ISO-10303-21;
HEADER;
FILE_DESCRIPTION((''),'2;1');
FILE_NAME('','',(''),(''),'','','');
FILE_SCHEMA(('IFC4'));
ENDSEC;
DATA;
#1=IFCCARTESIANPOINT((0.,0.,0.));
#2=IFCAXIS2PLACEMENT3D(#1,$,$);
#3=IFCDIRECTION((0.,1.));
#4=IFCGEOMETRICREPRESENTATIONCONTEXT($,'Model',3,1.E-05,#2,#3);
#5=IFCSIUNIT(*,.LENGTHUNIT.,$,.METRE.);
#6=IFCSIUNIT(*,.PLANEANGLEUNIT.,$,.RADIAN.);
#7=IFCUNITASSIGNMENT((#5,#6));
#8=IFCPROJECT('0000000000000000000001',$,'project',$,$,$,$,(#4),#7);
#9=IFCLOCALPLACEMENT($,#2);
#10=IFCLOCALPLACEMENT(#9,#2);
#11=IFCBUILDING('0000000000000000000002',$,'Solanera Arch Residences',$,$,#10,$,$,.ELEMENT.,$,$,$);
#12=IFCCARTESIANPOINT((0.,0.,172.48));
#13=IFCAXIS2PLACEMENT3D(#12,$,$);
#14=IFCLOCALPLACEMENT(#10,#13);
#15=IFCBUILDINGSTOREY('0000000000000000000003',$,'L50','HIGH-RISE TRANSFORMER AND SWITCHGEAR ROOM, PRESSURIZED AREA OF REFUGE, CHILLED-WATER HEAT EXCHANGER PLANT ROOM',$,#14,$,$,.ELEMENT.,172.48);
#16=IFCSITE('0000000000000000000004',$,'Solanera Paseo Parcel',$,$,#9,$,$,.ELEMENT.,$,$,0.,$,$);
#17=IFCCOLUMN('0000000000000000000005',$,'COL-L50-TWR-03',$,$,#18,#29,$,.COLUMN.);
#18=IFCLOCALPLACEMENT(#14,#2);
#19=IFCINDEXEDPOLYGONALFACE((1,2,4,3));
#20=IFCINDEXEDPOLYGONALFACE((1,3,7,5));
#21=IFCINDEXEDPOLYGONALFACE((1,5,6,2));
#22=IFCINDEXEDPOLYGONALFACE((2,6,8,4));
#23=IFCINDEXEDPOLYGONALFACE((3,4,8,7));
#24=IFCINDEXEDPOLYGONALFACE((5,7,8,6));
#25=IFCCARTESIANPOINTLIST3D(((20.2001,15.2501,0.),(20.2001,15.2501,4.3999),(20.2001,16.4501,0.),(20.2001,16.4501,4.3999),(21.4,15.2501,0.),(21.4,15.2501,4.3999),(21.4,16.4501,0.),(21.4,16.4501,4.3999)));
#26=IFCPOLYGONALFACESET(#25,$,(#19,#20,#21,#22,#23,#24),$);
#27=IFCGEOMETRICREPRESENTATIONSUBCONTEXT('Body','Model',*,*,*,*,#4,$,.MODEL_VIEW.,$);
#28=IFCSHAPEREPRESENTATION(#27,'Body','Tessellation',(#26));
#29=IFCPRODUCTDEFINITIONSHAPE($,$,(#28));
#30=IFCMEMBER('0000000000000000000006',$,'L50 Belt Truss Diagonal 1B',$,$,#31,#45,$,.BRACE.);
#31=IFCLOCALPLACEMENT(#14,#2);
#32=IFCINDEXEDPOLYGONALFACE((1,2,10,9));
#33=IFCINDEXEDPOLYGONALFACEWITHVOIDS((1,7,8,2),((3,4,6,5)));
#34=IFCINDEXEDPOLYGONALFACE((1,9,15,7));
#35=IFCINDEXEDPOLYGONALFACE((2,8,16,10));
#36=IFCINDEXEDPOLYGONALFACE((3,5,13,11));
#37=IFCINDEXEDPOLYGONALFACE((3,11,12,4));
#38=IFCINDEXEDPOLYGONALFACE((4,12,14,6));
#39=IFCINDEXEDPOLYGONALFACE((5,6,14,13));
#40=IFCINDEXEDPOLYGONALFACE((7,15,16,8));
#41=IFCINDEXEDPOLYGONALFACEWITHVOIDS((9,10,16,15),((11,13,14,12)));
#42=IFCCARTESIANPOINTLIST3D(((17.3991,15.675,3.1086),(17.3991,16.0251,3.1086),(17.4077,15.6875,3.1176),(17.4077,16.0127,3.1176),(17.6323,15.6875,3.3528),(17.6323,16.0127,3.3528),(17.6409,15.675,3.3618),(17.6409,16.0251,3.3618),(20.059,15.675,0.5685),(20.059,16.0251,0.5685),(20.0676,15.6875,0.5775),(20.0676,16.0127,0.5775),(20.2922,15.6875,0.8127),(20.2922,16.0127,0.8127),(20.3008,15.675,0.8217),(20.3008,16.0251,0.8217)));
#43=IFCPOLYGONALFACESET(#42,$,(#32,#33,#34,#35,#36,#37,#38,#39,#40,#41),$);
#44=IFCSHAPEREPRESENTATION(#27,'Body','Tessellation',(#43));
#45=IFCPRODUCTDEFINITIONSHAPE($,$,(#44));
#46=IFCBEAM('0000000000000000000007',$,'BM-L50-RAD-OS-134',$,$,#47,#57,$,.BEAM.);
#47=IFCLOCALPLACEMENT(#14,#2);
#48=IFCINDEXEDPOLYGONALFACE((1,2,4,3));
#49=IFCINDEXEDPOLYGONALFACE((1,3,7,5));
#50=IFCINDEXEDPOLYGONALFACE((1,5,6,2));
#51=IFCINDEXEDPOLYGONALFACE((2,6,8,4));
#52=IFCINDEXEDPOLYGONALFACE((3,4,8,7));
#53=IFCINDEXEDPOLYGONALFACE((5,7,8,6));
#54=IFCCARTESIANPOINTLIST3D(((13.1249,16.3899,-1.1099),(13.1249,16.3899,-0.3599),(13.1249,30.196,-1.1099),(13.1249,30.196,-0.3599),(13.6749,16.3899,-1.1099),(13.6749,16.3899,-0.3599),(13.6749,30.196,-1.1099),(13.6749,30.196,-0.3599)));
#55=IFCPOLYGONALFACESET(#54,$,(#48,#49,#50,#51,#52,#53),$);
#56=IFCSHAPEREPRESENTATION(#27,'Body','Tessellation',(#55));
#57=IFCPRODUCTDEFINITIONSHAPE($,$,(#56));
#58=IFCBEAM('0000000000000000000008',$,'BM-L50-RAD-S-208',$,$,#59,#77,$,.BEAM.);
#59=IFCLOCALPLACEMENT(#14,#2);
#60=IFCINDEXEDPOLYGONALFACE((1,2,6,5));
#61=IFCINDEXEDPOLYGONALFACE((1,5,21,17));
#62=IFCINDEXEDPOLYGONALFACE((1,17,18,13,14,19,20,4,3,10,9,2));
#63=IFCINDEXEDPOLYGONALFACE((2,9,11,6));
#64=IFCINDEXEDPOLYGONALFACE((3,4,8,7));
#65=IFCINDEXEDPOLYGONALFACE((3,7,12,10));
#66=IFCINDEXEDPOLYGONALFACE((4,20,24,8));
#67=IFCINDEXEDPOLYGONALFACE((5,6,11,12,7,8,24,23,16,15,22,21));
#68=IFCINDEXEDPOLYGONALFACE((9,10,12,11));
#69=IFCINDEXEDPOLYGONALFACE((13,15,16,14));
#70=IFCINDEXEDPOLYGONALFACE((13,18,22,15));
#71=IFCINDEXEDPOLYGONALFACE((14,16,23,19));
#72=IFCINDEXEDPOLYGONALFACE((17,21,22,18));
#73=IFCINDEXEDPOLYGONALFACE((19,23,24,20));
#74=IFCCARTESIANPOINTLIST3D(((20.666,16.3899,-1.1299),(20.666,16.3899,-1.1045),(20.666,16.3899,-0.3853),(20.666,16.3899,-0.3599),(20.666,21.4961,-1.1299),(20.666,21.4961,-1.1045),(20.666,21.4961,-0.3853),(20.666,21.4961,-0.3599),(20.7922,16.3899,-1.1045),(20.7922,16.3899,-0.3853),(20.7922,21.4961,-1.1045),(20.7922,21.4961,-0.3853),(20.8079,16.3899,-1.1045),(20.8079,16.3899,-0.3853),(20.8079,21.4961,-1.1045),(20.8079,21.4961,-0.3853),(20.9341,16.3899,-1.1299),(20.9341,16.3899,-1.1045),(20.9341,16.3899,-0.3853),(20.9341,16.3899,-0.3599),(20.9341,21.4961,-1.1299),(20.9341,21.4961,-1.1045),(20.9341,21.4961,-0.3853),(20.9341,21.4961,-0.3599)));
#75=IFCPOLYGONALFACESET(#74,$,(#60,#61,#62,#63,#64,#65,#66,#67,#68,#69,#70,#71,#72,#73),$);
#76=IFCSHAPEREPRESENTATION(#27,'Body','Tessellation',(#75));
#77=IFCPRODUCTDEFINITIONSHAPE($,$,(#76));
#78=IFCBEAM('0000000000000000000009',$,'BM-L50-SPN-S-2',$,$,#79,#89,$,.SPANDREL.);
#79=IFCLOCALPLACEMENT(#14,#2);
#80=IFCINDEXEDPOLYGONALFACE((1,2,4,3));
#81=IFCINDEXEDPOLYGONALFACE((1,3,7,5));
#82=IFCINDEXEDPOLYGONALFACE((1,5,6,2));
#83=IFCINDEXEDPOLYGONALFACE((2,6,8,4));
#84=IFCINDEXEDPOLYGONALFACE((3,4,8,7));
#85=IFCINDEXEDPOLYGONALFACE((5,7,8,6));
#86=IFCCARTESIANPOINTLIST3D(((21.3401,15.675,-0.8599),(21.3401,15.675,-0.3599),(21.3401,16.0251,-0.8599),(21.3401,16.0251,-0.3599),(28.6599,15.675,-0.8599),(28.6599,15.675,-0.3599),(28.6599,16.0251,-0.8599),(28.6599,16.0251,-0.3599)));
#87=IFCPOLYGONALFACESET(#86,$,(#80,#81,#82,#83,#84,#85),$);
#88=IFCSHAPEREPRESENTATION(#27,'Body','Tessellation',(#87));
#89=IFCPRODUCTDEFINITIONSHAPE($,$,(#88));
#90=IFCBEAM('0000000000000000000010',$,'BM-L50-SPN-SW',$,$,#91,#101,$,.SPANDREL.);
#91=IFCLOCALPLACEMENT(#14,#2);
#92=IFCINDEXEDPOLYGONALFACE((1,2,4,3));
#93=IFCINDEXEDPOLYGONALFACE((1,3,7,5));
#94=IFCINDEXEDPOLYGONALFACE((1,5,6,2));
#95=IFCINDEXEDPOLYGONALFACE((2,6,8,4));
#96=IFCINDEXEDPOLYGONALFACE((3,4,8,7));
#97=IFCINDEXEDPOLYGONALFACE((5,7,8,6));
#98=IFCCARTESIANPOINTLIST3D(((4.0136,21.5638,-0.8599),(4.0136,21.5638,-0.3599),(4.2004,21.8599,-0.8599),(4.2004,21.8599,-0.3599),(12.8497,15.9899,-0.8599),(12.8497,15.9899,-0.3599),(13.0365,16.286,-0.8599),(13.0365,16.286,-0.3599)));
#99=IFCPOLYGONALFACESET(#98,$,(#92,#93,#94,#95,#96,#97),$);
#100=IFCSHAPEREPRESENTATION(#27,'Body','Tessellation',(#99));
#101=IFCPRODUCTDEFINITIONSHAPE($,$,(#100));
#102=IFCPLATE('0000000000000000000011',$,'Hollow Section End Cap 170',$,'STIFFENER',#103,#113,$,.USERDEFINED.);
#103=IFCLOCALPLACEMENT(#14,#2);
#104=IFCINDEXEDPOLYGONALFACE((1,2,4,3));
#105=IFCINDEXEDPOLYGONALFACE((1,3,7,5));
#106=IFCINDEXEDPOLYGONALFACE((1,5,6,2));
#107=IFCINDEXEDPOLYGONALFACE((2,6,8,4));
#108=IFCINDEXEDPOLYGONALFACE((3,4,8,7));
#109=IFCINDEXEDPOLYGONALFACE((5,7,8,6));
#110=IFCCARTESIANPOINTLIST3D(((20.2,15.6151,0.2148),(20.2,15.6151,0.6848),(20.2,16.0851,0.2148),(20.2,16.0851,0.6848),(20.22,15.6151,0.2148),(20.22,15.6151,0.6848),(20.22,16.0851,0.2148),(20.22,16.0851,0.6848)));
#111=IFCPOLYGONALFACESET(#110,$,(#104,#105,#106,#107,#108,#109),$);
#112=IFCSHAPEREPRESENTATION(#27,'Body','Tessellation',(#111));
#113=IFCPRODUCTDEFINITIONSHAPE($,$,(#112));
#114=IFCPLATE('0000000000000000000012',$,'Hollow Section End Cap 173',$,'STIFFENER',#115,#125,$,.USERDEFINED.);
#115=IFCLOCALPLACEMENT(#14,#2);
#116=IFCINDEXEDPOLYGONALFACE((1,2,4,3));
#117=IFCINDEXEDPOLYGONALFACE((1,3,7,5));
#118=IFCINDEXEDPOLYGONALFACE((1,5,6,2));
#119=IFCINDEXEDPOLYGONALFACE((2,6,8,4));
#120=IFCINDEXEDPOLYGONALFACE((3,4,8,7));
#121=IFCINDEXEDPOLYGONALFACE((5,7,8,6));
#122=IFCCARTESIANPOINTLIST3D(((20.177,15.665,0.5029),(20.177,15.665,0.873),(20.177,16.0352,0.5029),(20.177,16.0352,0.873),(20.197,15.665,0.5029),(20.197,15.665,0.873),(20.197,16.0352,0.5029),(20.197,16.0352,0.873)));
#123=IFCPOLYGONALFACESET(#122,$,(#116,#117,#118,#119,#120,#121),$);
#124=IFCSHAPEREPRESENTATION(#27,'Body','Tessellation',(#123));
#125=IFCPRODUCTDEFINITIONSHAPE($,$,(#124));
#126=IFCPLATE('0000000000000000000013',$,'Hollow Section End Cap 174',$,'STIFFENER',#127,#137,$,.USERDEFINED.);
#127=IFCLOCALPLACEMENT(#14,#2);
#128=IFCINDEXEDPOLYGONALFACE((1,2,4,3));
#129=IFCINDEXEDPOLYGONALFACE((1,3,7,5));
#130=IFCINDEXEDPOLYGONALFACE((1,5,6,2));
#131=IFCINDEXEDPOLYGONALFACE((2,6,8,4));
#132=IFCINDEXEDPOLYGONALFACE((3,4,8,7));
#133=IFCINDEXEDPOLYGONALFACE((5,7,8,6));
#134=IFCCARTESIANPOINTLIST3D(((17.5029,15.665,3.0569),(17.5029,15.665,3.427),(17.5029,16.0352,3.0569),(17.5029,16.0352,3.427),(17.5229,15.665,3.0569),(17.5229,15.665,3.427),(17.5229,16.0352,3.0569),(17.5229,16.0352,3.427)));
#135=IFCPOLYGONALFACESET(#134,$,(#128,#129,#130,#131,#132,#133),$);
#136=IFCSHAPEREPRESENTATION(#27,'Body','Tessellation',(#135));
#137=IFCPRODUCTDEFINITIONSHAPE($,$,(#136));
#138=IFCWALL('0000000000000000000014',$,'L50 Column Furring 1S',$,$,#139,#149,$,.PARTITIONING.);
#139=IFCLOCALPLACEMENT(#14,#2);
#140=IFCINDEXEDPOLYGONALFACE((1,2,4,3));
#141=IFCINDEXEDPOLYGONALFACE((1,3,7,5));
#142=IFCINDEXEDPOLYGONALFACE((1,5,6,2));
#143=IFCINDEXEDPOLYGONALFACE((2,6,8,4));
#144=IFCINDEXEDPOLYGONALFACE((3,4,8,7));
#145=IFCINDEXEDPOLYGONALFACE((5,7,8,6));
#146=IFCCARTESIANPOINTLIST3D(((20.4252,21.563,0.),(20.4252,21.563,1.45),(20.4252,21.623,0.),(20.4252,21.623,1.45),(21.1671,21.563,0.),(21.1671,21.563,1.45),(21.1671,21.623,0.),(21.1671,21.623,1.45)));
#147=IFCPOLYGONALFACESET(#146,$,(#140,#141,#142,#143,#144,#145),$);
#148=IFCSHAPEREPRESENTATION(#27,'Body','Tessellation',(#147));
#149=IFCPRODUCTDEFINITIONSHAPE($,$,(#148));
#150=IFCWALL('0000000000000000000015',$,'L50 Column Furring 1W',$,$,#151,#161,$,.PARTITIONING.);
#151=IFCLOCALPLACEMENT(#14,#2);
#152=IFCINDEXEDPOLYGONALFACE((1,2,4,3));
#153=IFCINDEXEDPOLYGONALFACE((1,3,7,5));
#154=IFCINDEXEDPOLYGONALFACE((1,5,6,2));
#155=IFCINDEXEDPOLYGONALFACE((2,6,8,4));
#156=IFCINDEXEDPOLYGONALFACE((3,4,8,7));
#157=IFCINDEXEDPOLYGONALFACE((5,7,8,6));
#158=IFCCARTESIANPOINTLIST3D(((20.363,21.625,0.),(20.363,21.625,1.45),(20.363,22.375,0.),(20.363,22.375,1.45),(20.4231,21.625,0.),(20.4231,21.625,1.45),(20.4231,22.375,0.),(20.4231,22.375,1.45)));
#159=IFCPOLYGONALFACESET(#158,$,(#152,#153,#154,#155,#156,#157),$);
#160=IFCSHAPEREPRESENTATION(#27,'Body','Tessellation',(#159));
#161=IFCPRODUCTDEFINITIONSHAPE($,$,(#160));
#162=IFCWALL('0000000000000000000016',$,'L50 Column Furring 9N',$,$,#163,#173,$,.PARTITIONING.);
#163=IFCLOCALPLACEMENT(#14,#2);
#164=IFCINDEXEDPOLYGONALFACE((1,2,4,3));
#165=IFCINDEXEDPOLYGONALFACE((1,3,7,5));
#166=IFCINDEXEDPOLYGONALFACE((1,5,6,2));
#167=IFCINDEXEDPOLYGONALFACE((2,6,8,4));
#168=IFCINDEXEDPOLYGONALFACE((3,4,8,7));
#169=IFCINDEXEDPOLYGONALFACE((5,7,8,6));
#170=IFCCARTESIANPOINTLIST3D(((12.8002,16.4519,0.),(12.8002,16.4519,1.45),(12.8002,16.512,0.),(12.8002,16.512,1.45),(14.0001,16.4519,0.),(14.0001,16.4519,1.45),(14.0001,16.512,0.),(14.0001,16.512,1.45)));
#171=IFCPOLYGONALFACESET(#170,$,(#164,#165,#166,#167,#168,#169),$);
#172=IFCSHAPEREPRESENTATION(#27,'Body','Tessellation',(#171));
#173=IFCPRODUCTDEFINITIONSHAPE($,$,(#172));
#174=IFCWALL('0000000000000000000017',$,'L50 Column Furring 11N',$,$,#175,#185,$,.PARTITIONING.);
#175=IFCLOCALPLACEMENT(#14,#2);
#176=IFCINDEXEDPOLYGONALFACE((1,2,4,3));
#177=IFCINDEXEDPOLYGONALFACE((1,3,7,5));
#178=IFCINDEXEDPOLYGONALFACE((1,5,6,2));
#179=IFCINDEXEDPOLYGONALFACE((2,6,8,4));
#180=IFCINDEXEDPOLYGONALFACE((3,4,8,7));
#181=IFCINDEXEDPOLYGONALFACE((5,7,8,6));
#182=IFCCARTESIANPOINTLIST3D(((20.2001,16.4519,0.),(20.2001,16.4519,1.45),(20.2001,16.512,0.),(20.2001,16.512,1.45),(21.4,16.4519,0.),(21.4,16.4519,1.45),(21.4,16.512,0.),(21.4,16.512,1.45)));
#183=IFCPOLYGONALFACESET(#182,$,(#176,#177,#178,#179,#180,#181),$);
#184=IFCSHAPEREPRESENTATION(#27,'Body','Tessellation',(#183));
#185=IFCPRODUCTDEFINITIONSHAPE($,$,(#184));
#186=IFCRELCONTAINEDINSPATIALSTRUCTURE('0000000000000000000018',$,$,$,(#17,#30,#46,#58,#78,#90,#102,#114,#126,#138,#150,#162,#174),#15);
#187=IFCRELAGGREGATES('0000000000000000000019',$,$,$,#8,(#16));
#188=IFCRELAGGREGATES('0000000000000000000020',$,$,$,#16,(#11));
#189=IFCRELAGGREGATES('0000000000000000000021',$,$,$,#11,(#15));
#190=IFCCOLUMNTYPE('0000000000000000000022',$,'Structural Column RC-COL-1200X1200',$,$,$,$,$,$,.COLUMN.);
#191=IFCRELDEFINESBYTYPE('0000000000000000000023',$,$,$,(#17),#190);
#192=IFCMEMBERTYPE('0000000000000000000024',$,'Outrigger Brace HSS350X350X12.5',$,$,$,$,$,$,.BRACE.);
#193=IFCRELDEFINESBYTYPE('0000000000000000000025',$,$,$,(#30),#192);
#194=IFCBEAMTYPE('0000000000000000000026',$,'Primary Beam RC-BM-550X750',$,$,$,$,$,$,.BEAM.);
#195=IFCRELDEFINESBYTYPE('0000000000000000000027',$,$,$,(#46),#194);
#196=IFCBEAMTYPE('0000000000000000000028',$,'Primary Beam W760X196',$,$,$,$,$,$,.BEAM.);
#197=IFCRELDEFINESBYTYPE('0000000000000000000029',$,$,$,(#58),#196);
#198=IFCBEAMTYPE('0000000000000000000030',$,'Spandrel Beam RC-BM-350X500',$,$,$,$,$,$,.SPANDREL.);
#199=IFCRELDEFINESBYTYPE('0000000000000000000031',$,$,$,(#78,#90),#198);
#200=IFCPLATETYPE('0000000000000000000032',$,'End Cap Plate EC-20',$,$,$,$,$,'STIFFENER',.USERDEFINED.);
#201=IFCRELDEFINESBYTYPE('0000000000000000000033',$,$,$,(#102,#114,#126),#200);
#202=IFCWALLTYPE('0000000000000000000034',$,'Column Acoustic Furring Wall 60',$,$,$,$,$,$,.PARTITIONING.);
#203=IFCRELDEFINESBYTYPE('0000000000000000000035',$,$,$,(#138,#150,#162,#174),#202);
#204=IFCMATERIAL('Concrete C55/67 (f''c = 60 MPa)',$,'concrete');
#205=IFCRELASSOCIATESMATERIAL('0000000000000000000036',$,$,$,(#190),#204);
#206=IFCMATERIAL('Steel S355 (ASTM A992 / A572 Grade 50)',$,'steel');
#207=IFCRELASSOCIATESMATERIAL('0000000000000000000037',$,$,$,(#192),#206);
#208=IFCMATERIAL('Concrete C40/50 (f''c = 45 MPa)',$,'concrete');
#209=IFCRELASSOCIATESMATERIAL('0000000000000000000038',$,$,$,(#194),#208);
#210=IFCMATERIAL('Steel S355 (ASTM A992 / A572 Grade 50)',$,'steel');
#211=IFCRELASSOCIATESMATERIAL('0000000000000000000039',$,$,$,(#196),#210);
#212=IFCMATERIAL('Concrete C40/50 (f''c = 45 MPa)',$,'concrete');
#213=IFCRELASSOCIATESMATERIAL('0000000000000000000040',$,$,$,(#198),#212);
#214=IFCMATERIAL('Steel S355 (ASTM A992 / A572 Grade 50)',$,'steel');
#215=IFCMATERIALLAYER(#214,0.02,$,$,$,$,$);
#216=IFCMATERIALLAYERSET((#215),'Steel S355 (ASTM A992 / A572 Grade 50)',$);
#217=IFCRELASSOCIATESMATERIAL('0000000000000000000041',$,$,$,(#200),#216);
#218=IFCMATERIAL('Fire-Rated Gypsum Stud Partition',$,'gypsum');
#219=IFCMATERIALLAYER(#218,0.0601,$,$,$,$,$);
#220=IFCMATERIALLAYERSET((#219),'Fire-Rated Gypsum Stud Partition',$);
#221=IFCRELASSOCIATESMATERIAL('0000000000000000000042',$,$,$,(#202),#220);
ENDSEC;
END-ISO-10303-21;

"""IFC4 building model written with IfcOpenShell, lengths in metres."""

from ifc_helpers import new_model, si_unit, direction, frame, frame_2d, origin, origin_2d, place, context, subcontext, project, spatial, rectangle, hollow_rectangle, i_section, extrude, material, layer, layer_set, material_profile, profile_set, type_object, element, save


model = new_model("IFC4")

# Units and contexts
model_context = context("Model", 3, precision=1e-05, world=origin(), true_north=direction((0.0, 1.0)))
body_context = subcontext(model_context, "Body", "Model", "MODEL_VIEW")
ifc_project = project(units=[si_unit("LENGTHUNIT", "METRE"), si_unit("PLANEANGLEUNIT", "RADIAN")], contexts=[model_context])

# Site, building, storey
site_placement = place(None, origin())
site = spatial("IfcSite", under=ifc_project, at=site_placement, Name="Solanera Paseo Parcel", CompositionType="ELEMENT", RefElevation=0.0)
building_placement = place(site_placement, origin())
building = spatial("IfcBuilding", under=site, at=building_placement, Name="Solanera Arch Residences", CompositionType="ELEMENT")
storey_placement = place(building_placement, frame((0.0, 0.0, 172.48)))
storey = spatial("IfcBuildingStorey", under=building, at=storey_placement, Name="L50", Description="HIGH-RISE TRANSFORMER AND SWITCHGEAR ROOM, PRESSURIZED AREA OF REFUGE, CHILLED-WATER HEAT EXCHANGER PLANT ROOM", CompositionType="ELEMENT", Elevation=172.48)

# Column
ifc_material_1 = material(Name="Concrete C55/67 (f'c = 60 MPa)", Category="concrete")
ifc_material_profile_1 = material_profile(ifc_material_1, rectangle(XDim=1.2, YDim=1.2, at=origin_2d()))
ifc_profile_set_1 = profile_set([ifc_material_profile_1], Name="Concrete C55/67 (f'c = 60 MPa)")
column_type = type_object("IfcColumnType", Name="Structural Column RC-COL-1200X1200", PredefinedType="COLUMN", material=ifc_profile_set_1)
column_placement = place(storey_placement, frame((20.8, 15.8501, 0.0), z_axis=(0.0, 0.0, 1.0), x_axis=(1.0, 0.0, 0.0)))
element("IfcColumn", 1, at=column_placement, inside=storey, type_object=column_type, Name="COL-L50-TWR-03", PredefinedType="COLUMN", context=body_context, shape_type="SweptSolid", body=[
    extrude(rectangle(XDim=1.2, YDim=1.2, at=origin_2d()), origin(), (0.0, 0.0, 1.0), 4.3999),
])

# Member
ifc_material_2 = material(Name="Steel S355 (ASTM A992 / A572 Grade 50)", Category="steel")
ifc_material_profile_2 = material_profile(ifc_material_2, hollow_rectangle(XDim=0.3501, YDim=0.3501, WallThickness=0.0125, at=origin_2d()))
ifc_profile_set_2 = profile_set([ifc_material_profile_2], Name="Steel S355 (ASTM A992 / A572 Grade 50)")
member_type = type_object("IfcMemberType", Name="Outrigger Brace HSS350X350X12.5", PredefinedType="BRACE", material=ifc_profile_set_2)
member_placement = place(storey_placement, frame((20.1799, 15.8501, 0.6951), z_axis=(-0.723215, 0.0, 0.690623), x_axis=(0.0, -1.0, 0.0)))
element("IfcMember", 2, at=member_placement, inside=storey, type_object=member_type, Name="L50 Belt Truss Diagonal 1B", PredefinedType="BRACE", context=body_context, shape_type="SweptSolid", body=[
    extrude(hollow_rectangle(XDim=0.3501, YDim=0.3501, WallThickness=0.0125, at=origin_2d()), origin(), (0.0, 0.0, 1.0), 3.678),
])

# Beams
ifc_material_3 = material(Name="Concrete C40/50 (f'c = 45 MPa)", Category="concrete")
ifc_material_profile_3 = material_profile(ifc_material_3, rectangle(XDim=0.55, YDim=0.75, at=origin_2d()))
ifc_profile_set_3 = profile_set([ifc_material_profile_3], Name="Concrete C40/50 (f'c = 45 MPa)")
beam_type_1 = type_object("IfcBeamType", Name="Primary Beam RC-BM-550X750", PredefinedType="BEAM", material=ifc_profile_set_3)
beam_1_placement = place(storey_placement, frame((13.3999, 16.3899, -0.7349), z_axis=(0.0, 1.0, 0.0), x_axis=(-1.0, 0.0, 0.0)))
element("IfcBeam", 3, at=beam_1_placement, inside=storey, type_object=beam_type_1, Name="BM-L50-RAD-OS-134", PredefinedType="BEAM", context=body_context, shape_type="SweptSolid", body=[
    extrude(rectangle(XDim=0.55, YDim=0.75, at=origin_2d()), origin(), (0.0, 0.0, 1.0), 13.8062),
])
ifc_material_4 = material(Name="Steel S355 (ASTM A992 / A572 Grade 50)", Category="steel")
ifc_material_profile_4 = material_profile(ifc_material_4, i_section(OverallWidth=0.2681, OverallDepth=0.77, WebThickness=0.0156, FlangeThickness=0.0254, at=origin_2d()))
ifc_profile_set_4 = profile_set([ifc_material_profile_4], Name="Steel S355 (ASTM A992 / A572 Grade 50)")
beam_type_2 = type_object("IfcBeamType", Name="Primary Beam W760X196", PredefinedType="BEAM", material=ifc_profile_set_4)
beam_2_placement = place(storey_placement, frame((20.8, 16.3899, -0.7449), z_axis=(0.0, 1.0, 0.0), x_axis=(-1.0, 0.0, 0.0)))
element("IfcBeam", 4, at=beam_2_placement, inside=storey, type_object=beam_type_2, Name="BM-L50-RAD-S-208", PredefinedType="BEAM", context=body_context, shape_type="SweptSolid", body=[
    extrude(i_section(OverallWidth=0.2681, OverallDepth=0.77, WebThickness=0.0156, FlangeThickness=0.0254, at=origin_2d()), origin(), (0.0, 0.0, 1.0), 5.1062),
])
ifc_material_5 = material(Name="Concrete C40/50 (f'c = 45 MPa)", Category="concrete")
ifc_material_profile_5 = material_profile(ifc_material_5, rectangle(XDim=0.3501, YDim=0.5, at=origin_2d()))
ifc_profile_set_5 = profile_set([ifc_material_profile_5], Name="Concrete C40/50 (f'c = 45 MPa)")
beam_type_3 = type_object("IfcBeamType", Name="Spandrel Beam RC-BM-350X500", PredefinedType="SPANDREL", material=ifc_profile_set_5)
beam_3_placement = place(storey_placement, frame((21.3401, 15.8501, -0.6099), z_axis=(1.0, 0.0, 0.0), x_axis=(0.0, 1.0, 0.0)))
element("IfcBeam", 5, at=beam_3_placement, inside=storey, type_object=beam_type_3, Name="BM-L50-SPN-S-2", PredefinedType="SPANDREL", context=body_context, shape_type="SweptSolid", body=[
    extrude(rectangle(XDim=0.3501, YDim=0.5, at=origin_2d()), origin(), (0.0, 0.0, 1.0), 7.3198),
])
beam_4_placement = place(storey_placement, frame((12.9431, 16.1379, -0.6099), z_axis=(-0.845781, 0.53353, 0.0), x_axis=(-0.53353, -0.845781, 0.0)))
element("IfcBeam", 6, at=beam_4_placement, inside=storey, type_object=beam_type_3, Name="BM-L50-SPN-SW", PredefinedType="SPANDREL", context=body_context, shape_type="SweptSolid", body=[
    extrude(rectangle(XDim=0.3501, YDim=0.5, at=origin_2d()), origin(), (0.0, 0.0, 1.0), 10.4473),
])

# Plates
ifc_material_6 = material(Name="Steel S355 (ASTM A992 / A572 Grade 50)", Category="steel")
ifc_layer_1 = layer(ifc_material_6, 0.02)
ifc_layer_set_1 = layer_set([ifc_layer_1], Name="Steel S355 (ASTM A992 / A572 Grade 50)")
plate_type = type_object("IfcPlateType", Name="End Cap Plate EC-20", ElementType="STIFFENER", PredefinedType="USERDEFINED", material=ifc_layer_set_1)
plate_placement = place(storey_placement, frame((20.21, 15.8501, 0.2148), z_axis=(0.0, 0.0, 1.0), x_axis=(1.0, 0.0, 0.0)))
element("IfcPlate", 7, at=plate_placement, inside=storey, type_object=plate_type, Name="Hollow Section End Cap 170", ObjectType="STIFFENER", PredefinedType="USERDEFINED", context=body_context, shape_type="SweptSolid", body=[
    extrude(rectangle(XDim=0.02, YDim=0.47, at=origin_2d()), origin(), (0.0, 0.0, 1.0), 0.47),
])
for number, where, z_axis, x_axis, name in (
    (8, (20.187, 15.8501, 0.5029), (0.0, 0.0, 1.0), (1.0, 0.0, 0.0), "Hollow Section End Cap 173"),
    (9, (17.5129, 15.8501, 3.0569), (0.0, 0.0, 1.0), (-1.0, 0.0, 0.0), "Hollow Section End Cap 174"),
):
    element("IfcPlate", number, at=place(storey_placement, frame(where, z_axis=z_axis, x_axis=x_axis)), inside=storey, type_object=plate_type, Name=name, ObjectType="STIFFENER", PredefinedType="USERDEFINED", context=body_context, shape_type="SweptSolid", body=[
        extrude(rectangle(XDim=0.02, YDim=0.3701, at=origin_2d()), origin(), (0.0, 0.0, 1.0), 0.3701),
    ])

# Walls
ifc_material_7 = material(Name="Fire-Rated Gypsum Stud Partition", Category="gypsum")
ifc_layer_2 = layer(ifc_material_7, 0.0601)
ifc_layer_set_2 = layer_set([ifc_layer_2], Name="Fire-Rated Gypsum Stud Partition")
wall_type_1 = type_object("IfcWallType", Name="Column Acoustic Furring Wall 60", PredefinedType="PARTITIONING", material=ifc_layer_set_2)
wall_1_placement = place(storey_placement, frame((20.425, 21.593, 0.0), z_axis=(0.0, 0.0, 1.0), x_axis=(1.0, 0.0, 0.0)))
element("IfcWall", 10, at=wall_1_placement, inside=storey, type_object=wall_type_1, Name="L50 Column Furring 1S", PredefinedType="PARTITIONING", context=body_context, shape_type="SweptSolid", body=[
    extrude(rectangle(XDim=0.7419, YDim=0.0601, at=frame_2d((0.3711, 0.0))), origin(), (0.0, 0.0, 1.0), 1.45),
])
wall_2_placement = place(storey_placement, frame((20.3931, 21.625, 0.0), z_axis=(0.0, 0.0, 1.0), x_axis=(0.0, 1.0, 0.0)))
element("IfcWall", 11, at=wall_2_placement, inside=storey, type_object=wall_type_1, Name="L50 Column Furring 1W", PredefinedType="PARTITIONING", context=body_context, shape_type="SweptSolid", body=[
    extrude(rectangle(XDim=0.75, YDim=0.0601, at=frame_2d((0.375, 0.0))), origin(), (0.0, 0.0, 1.0), 1.45),
])
for number, where, z_axis, x_axis, name in (
    (12, (12.8, 16.4819, 0.0), (0.0, 0.0, 1.0), (1.0, 0.0, 0.0), "L50 Column Furring 9N"),
    (13, (20.2, 16.4819, 0.0), (0.0, 0.0, 1.0), (1.0, 0.0, 0.0), "L50 Column Furring 11N"),
):
    element("IfcWall", number, at=place(storey_placement, frame(where, z_axis=z_axis, x_axis=x_axis)), inside=storey, type_object=wall_type_1, Name=name, PredefinedType="PARTITIONING", context=body_context, shape_type="SweptSolid", body=[
        extrude(rectangle(XDim=1.2, YDim=0.0601, at=frame_2d((0.6001, 0.0))), origin(), (0.0, 0.0, 1.0), 1.45),
    ])

save(model, "model.ifc")
